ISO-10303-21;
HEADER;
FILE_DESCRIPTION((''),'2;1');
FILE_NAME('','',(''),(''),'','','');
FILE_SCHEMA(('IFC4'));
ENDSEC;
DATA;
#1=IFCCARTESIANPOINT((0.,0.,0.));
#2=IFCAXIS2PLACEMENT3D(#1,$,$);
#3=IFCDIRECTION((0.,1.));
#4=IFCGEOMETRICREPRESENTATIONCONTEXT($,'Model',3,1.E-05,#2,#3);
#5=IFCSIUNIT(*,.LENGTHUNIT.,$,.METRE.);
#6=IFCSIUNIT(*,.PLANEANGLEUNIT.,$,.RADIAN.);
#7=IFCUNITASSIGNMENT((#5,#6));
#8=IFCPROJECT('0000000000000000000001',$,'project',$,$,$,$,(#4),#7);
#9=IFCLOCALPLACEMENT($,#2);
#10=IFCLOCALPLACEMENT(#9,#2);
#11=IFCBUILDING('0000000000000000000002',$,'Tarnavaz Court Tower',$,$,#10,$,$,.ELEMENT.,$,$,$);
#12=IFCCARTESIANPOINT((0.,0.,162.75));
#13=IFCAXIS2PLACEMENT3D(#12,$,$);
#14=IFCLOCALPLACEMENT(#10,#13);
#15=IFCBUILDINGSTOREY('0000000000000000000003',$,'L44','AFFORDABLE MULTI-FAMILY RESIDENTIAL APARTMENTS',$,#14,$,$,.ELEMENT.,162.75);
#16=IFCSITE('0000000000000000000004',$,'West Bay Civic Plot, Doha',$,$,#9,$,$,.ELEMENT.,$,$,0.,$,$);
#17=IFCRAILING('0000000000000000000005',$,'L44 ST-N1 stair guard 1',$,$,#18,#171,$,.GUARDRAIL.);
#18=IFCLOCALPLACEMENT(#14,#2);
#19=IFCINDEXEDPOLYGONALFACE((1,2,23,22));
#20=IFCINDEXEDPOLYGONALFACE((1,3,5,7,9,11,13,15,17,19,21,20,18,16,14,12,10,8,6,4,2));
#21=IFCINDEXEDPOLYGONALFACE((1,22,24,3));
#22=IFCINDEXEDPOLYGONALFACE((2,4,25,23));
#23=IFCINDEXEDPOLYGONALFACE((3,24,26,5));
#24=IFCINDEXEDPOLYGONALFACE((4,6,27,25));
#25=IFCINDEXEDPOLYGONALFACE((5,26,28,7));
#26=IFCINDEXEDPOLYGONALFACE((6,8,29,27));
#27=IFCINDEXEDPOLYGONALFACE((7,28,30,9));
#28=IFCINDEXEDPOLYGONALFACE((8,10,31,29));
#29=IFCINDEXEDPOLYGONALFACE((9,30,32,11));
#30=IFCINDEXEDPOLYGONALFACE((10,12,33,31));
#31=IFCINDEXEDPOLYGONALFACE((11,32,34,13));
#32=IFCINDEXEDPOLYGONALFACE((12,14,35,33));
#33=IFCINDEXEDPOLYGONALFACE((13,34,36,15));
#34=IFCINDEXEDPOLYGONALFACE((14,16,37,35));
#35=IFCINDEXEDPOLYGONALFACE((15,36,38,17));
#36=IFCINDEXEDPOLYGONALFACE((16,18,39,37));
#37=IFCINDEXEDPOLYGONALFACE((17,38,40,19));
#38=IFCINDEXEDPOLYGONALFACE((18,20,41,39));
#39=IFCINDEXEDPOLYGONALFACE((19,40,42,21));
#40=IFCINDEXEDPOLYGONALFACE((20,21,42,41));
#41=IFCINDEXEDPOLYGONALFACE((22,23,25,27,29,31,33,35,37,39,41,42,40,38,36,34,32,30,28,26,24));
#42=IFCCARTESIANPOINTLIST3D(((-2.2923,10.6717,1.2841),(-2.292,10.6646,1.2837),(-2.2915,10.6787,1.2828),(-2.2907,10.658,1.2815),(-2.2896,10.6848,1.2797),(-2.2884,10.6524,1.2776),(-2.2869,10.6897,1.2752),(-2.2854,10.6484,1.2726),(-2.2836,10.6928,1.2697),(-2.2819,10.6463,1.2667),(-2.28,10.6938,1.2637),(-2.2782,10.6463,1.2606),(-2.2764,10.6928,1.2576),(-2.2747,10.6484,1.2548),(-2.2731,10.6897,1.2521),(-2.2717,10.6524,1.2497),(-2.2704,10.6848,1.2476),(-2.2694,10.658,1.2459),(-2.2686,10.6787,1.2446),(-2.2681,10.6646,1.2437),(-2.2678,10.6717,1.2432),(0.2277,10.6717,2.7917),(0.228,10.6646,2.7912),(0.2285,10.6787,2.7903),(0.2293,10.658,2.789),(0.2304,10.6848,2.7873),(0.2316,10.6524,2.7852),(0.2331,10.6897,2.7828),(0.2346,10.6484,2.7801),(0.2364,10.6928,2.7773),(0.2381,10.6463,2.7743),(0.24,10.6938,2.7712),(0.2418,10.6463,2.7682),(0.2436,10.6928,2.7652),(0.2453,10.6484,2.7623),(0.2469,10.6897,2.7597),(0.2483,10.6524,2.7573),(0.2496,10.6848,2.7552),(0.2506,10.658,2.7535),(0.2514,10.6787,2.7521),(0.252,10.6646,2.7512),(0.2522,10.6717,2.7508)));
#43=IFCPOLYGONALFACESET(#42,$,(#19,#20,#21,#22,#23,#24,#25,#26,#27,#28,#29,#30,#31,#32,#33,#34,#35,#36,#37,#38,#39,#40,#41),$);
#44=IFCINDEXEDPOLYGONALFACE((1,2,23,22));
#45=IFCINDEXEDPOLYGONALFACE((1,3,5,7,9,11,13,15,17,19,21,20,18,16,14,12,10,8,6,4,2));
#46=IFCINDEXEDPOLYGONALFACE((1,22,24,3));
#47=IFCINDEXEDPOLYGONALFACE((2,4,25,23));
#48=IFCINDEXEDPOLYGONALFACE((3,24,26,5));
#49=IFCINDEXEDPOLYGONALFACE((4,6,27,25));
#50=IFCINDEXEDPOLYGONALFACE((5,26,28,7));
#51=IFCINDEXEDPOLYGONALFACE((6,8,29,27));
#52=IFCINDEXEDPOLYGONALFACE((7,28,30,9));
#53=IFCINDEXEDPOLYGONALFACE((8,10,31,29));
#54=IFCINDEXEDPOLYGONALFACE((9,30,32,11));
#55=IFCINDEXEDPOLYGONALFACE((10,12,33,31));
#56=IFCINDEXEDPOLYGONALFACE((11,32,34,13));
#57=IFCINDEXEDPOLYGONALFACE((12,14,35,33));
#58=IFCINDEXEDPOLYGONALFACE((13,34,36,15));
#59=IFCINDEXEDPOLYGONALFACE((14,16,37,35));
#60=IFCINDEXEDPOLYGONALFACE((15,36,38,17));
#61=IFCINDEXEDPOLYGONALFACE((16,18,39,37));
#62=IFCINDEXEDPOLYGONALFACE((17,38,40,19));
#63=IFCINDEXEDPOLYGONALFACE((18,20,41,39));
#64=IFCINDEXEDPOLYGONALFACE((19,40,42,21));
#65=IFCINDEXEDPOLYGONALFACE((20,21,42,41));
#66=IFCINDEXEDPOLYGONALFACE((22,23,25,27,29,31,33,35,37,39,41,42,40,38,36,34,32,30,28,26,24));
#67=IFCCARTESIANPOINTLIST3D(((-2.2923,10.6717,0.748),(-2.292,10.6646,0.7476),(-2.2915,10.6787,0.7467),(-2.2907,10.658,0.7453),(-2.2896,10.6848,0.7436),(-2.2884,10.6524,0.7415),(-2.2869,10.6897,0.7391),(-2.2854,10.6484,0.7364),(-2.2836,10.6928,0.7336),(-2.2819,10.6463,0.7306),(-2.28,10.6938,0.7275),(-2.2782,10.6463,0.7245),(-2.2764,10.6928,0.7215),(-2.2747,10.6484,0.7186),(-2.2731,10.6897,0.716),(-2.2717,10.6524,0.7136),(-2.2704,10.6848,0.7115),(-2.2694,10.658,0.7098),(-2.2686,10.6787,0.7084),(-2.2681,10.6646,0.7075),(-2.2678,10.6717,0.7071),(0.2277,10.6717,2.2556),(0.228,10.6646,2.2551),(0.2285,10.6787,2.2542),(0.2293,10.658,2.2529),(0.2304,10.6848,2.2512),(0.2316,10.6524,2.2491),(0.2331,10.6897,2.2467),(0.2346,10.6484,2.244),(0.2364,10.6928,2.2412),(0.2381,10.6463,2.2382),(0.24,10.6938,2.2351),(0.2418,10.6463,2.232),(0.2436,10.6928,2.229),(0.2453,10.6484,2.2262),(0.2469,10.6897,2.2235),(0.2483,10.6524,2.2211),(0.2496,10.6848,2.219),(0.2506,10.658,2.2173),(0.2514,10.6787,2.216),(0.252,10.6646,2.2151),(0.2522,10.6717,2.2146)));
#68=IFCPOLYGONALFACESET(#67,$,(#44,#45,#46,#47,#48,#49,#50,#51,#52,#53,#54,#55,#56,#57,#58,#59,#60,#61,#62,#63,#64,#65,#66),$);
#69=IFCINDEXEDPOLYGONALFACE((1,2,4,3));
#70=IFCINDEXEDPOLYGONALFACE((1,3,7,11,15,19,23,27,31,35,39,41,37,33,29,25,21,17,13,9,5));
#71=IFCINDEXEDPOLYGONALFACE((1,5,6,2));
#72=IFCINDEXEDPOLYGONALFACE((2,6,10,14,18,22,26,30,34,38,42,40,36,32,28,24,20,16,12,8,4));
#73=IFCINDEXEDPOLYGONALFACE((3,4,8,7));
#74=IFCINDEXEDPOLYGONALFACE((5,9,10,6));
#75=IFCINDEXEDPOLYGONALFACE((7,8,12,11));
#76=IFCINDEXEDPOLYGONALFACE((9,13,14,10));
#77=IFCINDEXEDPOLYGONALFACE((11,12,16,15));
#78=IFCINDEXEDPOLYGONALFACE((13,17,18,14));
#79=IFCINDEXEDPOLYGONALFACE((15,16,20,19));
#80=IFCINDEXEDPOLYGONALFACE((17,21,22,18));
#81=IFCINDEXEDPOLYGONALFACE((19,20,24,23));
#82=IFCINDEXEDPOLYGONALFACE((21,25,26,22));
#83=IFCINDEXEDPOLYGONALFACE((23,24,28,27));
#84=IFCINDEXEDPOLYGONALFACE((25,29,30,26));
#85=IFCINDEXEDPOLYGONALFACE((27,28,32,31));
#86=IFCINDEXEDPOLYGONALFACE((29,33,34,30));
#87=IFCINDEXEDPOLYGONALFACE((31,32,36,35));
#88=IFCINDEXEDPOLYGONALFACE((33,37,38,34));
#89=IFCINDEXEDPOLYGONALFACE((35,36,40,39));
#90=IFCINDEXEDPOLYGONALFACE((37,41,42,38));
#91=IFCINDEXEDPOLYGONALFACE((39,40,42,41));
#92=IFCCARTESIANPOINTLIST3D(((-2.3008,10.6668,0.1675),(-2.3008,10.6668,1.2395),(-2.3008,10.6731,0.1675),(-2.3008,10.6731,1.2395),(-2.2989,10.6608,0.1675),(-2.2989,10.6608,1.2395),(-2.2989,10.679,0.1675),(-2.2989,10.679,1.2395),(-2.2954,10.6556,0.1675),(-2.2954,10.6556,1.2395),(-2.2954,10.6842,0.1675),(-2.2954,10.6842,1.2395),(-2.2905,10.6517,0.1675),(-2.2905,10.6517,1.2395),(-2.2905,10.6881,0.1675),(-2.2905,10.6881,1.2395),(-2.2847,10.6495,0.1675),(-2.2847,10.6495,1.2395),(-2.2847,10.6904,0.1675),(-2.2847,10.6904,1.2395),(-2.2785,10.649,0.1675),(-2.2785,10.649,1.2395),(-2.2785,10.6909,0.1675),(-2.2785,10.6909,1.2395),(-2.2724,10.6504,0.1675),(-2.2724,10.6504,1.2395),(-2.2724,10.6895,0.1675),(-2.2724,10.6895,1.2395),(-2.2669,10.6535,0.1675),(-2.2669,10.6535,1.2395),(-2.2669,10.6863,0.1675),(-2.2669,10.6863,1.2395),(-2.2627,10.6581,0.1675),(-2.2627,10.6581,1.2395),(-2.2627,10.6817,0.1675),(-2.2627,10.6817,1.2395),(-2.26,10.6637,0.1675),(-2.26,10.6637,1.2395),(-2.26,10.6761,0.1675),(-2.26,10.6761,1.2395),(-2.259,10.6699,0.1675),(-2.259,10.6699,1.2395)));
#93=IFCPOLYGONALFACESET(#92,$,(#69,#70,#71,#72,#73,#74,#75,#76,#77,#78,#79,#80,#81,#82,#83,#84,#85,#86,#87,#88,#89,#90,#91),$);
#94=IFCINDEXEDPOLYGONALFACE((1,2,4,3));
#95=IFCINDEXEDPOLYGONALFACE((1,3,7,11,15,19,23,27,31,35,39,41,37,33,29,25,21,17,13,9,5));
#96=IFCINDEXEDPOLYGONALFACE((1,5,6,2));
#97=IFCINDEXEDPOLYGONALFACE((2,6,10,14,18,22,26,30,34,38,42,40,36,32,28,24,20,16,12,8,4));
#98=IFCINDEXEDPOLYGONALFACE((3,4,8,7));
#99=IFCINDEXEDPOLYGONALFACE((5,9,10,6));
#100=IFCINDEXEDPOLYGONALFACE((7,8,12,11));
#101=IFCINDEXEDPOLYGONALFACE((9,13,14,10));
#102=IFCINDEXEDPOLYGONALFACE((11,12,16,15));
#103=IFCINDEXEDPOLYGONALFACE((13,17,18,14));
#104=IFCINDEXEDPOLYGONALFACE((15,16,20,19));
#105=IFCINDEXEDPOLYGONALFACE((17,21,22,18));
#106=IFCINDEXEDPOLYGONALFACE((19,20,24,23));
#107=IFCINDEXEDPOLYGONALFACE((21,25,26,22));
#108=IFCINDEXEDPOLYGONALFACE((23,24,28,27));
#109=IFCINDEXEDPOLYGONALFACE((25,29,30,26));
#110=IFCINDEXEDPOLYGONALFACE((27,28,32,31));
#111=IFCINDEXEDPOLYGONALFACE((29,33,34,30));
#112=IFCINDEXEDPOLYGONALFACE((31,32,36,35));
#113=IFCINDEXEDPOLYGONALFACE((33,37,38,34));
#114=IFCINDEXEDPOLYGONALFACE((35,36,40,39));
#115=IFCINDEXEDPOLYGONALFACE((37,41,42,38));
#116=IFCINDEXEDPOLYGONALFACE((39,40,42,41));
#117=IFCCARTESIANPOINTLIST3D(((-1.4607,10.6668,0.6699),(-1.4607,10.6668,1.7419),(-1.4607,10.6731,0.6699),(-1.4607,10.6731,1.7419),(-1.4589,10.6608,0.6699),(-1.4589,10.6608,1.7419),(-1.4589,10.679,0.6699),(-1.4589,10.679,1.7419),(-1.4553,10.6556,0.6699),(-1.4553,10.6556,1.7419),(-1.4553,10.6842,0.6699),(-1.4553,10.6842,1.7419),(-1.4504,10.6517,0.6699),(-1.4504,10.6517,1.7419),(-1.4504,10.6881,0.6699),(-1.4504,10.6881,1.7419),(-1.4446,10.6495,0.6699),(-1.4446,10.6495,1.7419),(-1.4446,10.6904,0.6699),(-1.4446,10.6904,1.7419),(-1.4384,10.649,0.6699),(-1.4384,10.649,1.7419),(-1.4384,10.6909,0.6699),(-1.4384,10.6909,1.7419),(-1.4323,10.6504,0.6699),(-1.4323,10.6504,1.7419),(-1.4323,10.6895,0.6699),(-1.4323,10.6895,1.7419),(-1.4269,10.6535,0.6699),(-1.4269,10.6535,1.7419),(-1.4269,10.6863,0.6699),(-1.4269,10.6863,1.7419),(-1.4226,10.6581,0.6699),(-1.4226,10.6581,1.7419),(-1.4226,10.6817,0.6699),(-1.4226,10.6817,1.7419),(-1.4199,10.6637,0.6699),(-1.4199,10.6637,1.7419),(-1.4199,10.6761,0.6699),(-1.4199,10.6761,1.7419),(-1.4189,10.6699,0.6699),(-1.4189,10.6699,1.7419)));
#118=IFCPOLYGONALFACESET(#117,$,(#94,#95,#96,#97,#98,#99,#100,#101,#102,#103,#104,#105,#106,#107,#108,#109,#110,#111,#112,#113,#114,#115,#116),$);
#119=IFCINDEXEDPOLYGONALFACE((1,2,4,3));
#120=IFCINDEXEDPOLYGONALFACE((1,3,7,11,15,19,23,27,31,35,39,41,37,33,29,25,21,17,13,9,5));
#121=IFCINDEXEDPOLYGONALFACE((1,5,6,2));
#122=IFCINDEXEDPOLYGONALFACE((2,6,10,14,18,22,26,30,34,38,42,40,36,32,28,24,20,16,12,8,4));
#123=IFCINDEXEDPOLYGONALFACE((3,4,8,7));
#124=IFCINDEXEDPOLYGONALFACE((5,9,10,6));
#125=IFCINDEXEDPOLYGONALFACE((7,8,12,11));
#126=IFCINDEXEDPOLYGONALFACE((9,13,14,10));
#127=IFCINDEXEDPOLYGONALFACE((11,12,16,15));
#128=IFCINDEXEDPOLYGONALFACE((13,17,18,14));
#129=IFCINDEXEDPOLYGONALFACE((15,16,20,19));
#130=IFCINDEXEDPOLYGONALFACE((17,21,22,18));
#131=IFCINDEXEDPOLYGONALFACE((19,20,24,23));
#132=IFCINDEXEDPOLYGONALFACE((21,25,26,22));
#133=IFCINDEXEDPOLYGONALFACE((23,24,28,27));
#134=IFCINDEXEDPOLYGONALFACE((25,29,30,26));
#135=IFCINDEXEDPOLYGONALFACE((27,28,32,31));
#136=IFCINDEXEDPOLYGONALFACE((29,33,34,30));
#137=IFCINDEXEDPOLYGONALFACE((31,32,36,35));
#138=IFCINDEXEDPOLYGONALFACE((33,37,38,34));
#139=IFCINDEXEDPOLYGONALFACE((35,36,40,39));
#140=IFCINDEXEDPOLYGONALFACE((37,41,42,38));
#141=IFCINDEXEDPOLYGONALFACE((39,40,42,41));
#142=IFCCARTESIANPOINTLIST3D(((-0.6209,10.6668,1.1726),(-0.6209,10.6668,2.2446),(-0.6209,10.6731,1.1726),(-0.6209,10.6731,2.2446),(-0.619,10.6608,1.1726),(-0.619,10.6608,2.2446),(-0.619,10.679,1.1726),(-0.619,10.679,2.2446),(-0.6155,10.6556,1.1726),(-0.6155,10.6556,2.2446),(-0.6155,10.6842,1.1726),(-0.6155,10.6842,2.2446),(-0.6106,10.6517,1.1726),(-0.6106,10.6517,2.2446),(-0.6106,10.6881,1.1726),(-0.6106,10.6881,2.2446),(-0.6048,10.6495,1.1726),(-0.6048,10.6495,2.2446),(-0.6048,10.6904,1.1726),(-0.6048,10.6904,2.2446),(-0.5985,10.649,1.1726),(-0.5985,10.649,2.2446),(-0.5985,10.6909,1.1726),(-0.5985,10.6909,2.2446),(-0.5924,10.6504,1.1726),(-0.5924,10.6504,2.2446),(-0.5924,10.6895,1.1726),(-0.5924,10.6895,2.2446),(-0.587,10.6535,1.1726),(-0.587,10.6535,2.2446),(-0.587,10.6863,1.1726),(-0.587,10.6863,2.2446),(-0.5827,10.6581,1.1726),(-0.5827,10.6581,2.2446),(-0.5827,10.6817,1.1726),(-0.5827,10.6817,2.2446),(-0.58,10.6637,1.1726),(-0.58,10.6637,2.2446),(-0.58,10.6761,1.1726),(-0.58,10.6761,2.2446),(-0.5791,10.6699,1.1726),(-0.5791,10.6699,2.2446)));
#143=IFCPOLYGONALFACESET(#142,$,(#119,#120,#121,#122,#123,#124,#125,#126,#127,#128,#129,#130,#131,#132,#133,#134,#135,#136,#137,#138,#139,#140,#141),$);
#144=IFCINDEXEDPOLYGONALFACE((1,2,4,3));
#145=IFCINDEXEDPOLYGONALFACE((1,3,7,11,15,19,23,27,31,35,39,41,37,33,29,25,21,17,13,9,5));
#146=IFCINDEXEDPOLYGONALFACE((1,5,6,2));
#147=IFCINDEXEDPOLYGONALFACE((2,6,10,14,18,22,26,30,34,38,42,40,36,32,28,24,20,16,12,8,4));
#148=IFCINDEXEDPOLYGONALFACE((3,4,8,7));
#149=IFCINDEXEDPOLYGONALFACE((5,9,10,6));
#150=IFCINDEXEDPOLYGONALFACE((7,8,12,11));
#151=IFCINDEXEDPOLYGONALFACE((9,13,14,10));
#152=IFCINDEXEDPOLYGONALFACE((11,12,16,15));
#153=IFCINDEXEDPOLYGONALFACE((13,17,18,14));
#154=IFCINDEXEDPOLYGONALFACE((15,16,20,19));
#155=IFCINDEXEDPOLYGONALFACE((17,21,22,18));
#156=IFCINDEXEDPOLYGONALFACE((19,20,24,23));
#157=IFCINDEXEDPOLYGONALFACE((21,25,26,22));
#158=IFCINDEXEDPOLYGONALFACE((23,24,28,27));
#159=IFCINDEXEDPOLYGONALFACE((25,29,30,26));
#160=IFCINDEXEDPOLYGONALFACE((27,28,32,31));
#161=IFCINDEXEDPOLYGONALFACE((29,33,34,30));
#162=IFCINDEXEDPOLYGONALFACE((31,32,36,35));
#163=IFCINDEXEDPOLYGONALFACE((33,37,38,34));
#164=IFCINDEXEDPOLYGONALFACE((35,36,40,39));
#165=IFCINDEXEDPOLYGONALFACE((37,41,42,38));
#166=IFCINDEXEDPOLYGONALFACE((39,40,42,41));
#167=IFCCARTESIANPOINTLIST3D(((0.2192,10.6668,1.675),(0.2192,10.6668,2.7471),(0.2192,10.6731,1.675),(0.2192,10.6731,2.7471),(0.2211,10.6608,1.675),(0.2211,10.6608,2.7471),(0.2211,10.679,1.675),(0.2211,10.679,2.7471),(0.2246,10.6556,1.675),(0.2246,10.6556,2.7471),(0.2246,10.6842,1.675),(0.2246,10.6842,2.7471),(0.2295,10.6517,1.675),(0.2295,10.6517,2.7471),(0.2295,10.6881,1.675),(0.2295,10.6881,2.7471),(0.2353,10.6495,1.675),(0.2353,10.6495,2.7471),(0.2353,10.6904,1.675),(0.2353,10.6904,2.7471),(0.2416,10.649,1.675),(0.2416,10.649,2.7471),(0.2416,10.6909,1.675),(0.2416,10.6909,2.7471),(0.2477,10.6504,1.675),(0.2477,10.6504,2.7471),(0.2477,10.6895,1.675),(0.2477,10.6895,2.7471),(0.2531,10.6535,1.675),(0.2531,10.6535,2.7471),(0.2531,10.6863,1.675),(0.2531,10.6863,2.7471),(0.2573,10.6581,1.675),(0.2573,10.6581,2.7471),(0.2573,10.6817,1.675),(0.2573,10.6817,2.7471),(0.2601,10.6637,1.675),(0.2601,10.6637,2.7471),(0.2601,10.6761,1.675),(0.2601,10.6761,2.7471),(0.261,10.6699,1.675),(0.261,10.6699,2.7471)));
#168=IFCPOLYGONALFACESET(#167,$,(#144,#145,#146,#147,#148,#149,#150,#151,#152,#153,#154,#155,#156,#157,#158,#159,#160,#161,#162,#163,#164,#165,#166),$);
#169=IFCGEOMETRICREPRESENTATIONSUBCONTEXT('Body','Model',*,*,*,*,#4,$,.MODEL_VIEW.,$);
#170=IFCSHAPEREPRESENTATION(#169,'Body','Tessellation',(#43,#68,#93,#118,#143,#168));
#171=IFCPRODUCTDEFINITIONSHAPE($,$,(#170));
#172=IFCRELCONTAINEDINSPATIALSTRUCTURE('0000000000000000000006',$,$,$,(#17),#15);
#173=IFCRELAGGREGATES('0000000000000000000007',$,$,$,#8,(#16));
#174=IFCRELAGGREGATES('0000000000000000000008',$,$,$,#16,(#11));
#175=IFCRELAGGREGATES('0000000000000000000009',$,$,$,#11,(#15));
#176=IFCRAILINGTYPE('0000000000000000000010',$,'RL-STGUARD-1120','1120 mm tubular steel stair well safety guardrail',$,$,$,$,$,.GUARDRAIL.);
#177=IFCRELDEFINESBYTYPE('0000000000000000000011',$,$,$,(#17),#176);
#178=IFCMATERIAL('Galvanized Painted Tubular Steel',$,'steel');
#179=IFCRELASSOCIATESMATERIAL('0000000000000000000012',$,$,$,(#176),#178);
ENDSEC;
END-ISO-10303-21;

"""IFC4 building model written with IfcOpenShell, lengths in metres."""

from ifc_helpers import new_model, si_unit, direction, frame, origin, origin_2d, place, context, subcontext, project, spatial, circle, extrude, material, type_object, element, save


model = new_model("IFC4")

# Units and contexts
model_context = context("Model", 3, precision=1e-05, world=origin(), true_north=direction((0.0, 1.0)))
body_context = subcontext(model_context, "Body", "Model", "MODEL_VIEW")
ifc_project = project(units=[si_unit("LENGTHUNIT", "METRE"), si_unit("PLANEANGLEUNIT", "RADIAN")], contexts=[model_context])

# Site, building, storey
site_placement = place(None, origin())
site = spatial("IfcSite", under=ifc_project, at=site_placement, Name="West Bay Civic Plot, Doha", CompositionType="ELEMENT", RefElevation=0.0)
building_placement = place(site_placement, origin())
building = spatial("IfcBuilding", under=site, at=building_placement, Name="Tarnavaz Court Tower", CompositionType="ELEMENT")
storey_placement = place(building_placement, frame((0.0, 0.0, 162.75)))
storey = spatial("IfcBuildingStorey", under=building, at=storey_placement, Name="L44", Description="AFFORDABLE MULTI-FAMILY RESIDENTIAL APARTMENTS", CompositionType="ELEMENT", Elevation=162.75)

# Railing
ifc_material_1 = material(Name="Galvanized Painted Tubular Steel", Category="steel")
railing_type_1 = type_object("IfcRailingType", Name="RL-STGUARD-1120", Description="1120 mm tubular steel stair well safety guardrail", PredefinedType="GUARDRAIL", material=ifc_material_1)
railing_1_placement = place(storey_placement, frame((-2.28, 10.6699, 0.1675)))
element("IfcRailing", 1, at=railing_1_placement, inside=storey, type_object=railing_type_1, Name="L44 ST-N1 stair guard 1", PredefinedType="GUARDRAIL", context=body_context, shape_type="SweptSolid", body=[
    extrude(circle(Radius=0.0239, at=origin_2d()), frame((0.0, 0.0, 1.0962), z_axis=(0.85816, 0.0, 0.513383), x_axis=(0.0, 1.0, 0.0)), (0.0, 0.0, 1.0), 2.9365),
    extrude(circle(Radius=0.0239, at=origin_2d()), frame((0.0, 0.0, 0.5601), z_axis=(0.85816, 0.0, 0.513383), x_axis=(0.0, 1.0, 0.0)), (0.0, 0.0, 1.0), 2.9365),
    extrude(circle(Radius=0.021, at=origin_2d()), origin(), (0.0, 0.0, 1.0), 1.072),
    extrude(circle(Radius=0.021, at=origin_2d()), frame((0.8401, 0.0, 0.5024)), (0.0, 0.0, 1.0), 1.072),
    extrude(circle(Radius=0.021, at=origin_2d()), frame((1.6799, 0.0, 1.0051)), (0.0, 0.0, 1.0), 1.072),
    extrude(circle(Radius=0.021, at=origin_2d()), frame((2.52, 0.0, 1.5076)), (0.0, 0.0, 1.0), 1.072),
])

save(model, "model.ifc")
